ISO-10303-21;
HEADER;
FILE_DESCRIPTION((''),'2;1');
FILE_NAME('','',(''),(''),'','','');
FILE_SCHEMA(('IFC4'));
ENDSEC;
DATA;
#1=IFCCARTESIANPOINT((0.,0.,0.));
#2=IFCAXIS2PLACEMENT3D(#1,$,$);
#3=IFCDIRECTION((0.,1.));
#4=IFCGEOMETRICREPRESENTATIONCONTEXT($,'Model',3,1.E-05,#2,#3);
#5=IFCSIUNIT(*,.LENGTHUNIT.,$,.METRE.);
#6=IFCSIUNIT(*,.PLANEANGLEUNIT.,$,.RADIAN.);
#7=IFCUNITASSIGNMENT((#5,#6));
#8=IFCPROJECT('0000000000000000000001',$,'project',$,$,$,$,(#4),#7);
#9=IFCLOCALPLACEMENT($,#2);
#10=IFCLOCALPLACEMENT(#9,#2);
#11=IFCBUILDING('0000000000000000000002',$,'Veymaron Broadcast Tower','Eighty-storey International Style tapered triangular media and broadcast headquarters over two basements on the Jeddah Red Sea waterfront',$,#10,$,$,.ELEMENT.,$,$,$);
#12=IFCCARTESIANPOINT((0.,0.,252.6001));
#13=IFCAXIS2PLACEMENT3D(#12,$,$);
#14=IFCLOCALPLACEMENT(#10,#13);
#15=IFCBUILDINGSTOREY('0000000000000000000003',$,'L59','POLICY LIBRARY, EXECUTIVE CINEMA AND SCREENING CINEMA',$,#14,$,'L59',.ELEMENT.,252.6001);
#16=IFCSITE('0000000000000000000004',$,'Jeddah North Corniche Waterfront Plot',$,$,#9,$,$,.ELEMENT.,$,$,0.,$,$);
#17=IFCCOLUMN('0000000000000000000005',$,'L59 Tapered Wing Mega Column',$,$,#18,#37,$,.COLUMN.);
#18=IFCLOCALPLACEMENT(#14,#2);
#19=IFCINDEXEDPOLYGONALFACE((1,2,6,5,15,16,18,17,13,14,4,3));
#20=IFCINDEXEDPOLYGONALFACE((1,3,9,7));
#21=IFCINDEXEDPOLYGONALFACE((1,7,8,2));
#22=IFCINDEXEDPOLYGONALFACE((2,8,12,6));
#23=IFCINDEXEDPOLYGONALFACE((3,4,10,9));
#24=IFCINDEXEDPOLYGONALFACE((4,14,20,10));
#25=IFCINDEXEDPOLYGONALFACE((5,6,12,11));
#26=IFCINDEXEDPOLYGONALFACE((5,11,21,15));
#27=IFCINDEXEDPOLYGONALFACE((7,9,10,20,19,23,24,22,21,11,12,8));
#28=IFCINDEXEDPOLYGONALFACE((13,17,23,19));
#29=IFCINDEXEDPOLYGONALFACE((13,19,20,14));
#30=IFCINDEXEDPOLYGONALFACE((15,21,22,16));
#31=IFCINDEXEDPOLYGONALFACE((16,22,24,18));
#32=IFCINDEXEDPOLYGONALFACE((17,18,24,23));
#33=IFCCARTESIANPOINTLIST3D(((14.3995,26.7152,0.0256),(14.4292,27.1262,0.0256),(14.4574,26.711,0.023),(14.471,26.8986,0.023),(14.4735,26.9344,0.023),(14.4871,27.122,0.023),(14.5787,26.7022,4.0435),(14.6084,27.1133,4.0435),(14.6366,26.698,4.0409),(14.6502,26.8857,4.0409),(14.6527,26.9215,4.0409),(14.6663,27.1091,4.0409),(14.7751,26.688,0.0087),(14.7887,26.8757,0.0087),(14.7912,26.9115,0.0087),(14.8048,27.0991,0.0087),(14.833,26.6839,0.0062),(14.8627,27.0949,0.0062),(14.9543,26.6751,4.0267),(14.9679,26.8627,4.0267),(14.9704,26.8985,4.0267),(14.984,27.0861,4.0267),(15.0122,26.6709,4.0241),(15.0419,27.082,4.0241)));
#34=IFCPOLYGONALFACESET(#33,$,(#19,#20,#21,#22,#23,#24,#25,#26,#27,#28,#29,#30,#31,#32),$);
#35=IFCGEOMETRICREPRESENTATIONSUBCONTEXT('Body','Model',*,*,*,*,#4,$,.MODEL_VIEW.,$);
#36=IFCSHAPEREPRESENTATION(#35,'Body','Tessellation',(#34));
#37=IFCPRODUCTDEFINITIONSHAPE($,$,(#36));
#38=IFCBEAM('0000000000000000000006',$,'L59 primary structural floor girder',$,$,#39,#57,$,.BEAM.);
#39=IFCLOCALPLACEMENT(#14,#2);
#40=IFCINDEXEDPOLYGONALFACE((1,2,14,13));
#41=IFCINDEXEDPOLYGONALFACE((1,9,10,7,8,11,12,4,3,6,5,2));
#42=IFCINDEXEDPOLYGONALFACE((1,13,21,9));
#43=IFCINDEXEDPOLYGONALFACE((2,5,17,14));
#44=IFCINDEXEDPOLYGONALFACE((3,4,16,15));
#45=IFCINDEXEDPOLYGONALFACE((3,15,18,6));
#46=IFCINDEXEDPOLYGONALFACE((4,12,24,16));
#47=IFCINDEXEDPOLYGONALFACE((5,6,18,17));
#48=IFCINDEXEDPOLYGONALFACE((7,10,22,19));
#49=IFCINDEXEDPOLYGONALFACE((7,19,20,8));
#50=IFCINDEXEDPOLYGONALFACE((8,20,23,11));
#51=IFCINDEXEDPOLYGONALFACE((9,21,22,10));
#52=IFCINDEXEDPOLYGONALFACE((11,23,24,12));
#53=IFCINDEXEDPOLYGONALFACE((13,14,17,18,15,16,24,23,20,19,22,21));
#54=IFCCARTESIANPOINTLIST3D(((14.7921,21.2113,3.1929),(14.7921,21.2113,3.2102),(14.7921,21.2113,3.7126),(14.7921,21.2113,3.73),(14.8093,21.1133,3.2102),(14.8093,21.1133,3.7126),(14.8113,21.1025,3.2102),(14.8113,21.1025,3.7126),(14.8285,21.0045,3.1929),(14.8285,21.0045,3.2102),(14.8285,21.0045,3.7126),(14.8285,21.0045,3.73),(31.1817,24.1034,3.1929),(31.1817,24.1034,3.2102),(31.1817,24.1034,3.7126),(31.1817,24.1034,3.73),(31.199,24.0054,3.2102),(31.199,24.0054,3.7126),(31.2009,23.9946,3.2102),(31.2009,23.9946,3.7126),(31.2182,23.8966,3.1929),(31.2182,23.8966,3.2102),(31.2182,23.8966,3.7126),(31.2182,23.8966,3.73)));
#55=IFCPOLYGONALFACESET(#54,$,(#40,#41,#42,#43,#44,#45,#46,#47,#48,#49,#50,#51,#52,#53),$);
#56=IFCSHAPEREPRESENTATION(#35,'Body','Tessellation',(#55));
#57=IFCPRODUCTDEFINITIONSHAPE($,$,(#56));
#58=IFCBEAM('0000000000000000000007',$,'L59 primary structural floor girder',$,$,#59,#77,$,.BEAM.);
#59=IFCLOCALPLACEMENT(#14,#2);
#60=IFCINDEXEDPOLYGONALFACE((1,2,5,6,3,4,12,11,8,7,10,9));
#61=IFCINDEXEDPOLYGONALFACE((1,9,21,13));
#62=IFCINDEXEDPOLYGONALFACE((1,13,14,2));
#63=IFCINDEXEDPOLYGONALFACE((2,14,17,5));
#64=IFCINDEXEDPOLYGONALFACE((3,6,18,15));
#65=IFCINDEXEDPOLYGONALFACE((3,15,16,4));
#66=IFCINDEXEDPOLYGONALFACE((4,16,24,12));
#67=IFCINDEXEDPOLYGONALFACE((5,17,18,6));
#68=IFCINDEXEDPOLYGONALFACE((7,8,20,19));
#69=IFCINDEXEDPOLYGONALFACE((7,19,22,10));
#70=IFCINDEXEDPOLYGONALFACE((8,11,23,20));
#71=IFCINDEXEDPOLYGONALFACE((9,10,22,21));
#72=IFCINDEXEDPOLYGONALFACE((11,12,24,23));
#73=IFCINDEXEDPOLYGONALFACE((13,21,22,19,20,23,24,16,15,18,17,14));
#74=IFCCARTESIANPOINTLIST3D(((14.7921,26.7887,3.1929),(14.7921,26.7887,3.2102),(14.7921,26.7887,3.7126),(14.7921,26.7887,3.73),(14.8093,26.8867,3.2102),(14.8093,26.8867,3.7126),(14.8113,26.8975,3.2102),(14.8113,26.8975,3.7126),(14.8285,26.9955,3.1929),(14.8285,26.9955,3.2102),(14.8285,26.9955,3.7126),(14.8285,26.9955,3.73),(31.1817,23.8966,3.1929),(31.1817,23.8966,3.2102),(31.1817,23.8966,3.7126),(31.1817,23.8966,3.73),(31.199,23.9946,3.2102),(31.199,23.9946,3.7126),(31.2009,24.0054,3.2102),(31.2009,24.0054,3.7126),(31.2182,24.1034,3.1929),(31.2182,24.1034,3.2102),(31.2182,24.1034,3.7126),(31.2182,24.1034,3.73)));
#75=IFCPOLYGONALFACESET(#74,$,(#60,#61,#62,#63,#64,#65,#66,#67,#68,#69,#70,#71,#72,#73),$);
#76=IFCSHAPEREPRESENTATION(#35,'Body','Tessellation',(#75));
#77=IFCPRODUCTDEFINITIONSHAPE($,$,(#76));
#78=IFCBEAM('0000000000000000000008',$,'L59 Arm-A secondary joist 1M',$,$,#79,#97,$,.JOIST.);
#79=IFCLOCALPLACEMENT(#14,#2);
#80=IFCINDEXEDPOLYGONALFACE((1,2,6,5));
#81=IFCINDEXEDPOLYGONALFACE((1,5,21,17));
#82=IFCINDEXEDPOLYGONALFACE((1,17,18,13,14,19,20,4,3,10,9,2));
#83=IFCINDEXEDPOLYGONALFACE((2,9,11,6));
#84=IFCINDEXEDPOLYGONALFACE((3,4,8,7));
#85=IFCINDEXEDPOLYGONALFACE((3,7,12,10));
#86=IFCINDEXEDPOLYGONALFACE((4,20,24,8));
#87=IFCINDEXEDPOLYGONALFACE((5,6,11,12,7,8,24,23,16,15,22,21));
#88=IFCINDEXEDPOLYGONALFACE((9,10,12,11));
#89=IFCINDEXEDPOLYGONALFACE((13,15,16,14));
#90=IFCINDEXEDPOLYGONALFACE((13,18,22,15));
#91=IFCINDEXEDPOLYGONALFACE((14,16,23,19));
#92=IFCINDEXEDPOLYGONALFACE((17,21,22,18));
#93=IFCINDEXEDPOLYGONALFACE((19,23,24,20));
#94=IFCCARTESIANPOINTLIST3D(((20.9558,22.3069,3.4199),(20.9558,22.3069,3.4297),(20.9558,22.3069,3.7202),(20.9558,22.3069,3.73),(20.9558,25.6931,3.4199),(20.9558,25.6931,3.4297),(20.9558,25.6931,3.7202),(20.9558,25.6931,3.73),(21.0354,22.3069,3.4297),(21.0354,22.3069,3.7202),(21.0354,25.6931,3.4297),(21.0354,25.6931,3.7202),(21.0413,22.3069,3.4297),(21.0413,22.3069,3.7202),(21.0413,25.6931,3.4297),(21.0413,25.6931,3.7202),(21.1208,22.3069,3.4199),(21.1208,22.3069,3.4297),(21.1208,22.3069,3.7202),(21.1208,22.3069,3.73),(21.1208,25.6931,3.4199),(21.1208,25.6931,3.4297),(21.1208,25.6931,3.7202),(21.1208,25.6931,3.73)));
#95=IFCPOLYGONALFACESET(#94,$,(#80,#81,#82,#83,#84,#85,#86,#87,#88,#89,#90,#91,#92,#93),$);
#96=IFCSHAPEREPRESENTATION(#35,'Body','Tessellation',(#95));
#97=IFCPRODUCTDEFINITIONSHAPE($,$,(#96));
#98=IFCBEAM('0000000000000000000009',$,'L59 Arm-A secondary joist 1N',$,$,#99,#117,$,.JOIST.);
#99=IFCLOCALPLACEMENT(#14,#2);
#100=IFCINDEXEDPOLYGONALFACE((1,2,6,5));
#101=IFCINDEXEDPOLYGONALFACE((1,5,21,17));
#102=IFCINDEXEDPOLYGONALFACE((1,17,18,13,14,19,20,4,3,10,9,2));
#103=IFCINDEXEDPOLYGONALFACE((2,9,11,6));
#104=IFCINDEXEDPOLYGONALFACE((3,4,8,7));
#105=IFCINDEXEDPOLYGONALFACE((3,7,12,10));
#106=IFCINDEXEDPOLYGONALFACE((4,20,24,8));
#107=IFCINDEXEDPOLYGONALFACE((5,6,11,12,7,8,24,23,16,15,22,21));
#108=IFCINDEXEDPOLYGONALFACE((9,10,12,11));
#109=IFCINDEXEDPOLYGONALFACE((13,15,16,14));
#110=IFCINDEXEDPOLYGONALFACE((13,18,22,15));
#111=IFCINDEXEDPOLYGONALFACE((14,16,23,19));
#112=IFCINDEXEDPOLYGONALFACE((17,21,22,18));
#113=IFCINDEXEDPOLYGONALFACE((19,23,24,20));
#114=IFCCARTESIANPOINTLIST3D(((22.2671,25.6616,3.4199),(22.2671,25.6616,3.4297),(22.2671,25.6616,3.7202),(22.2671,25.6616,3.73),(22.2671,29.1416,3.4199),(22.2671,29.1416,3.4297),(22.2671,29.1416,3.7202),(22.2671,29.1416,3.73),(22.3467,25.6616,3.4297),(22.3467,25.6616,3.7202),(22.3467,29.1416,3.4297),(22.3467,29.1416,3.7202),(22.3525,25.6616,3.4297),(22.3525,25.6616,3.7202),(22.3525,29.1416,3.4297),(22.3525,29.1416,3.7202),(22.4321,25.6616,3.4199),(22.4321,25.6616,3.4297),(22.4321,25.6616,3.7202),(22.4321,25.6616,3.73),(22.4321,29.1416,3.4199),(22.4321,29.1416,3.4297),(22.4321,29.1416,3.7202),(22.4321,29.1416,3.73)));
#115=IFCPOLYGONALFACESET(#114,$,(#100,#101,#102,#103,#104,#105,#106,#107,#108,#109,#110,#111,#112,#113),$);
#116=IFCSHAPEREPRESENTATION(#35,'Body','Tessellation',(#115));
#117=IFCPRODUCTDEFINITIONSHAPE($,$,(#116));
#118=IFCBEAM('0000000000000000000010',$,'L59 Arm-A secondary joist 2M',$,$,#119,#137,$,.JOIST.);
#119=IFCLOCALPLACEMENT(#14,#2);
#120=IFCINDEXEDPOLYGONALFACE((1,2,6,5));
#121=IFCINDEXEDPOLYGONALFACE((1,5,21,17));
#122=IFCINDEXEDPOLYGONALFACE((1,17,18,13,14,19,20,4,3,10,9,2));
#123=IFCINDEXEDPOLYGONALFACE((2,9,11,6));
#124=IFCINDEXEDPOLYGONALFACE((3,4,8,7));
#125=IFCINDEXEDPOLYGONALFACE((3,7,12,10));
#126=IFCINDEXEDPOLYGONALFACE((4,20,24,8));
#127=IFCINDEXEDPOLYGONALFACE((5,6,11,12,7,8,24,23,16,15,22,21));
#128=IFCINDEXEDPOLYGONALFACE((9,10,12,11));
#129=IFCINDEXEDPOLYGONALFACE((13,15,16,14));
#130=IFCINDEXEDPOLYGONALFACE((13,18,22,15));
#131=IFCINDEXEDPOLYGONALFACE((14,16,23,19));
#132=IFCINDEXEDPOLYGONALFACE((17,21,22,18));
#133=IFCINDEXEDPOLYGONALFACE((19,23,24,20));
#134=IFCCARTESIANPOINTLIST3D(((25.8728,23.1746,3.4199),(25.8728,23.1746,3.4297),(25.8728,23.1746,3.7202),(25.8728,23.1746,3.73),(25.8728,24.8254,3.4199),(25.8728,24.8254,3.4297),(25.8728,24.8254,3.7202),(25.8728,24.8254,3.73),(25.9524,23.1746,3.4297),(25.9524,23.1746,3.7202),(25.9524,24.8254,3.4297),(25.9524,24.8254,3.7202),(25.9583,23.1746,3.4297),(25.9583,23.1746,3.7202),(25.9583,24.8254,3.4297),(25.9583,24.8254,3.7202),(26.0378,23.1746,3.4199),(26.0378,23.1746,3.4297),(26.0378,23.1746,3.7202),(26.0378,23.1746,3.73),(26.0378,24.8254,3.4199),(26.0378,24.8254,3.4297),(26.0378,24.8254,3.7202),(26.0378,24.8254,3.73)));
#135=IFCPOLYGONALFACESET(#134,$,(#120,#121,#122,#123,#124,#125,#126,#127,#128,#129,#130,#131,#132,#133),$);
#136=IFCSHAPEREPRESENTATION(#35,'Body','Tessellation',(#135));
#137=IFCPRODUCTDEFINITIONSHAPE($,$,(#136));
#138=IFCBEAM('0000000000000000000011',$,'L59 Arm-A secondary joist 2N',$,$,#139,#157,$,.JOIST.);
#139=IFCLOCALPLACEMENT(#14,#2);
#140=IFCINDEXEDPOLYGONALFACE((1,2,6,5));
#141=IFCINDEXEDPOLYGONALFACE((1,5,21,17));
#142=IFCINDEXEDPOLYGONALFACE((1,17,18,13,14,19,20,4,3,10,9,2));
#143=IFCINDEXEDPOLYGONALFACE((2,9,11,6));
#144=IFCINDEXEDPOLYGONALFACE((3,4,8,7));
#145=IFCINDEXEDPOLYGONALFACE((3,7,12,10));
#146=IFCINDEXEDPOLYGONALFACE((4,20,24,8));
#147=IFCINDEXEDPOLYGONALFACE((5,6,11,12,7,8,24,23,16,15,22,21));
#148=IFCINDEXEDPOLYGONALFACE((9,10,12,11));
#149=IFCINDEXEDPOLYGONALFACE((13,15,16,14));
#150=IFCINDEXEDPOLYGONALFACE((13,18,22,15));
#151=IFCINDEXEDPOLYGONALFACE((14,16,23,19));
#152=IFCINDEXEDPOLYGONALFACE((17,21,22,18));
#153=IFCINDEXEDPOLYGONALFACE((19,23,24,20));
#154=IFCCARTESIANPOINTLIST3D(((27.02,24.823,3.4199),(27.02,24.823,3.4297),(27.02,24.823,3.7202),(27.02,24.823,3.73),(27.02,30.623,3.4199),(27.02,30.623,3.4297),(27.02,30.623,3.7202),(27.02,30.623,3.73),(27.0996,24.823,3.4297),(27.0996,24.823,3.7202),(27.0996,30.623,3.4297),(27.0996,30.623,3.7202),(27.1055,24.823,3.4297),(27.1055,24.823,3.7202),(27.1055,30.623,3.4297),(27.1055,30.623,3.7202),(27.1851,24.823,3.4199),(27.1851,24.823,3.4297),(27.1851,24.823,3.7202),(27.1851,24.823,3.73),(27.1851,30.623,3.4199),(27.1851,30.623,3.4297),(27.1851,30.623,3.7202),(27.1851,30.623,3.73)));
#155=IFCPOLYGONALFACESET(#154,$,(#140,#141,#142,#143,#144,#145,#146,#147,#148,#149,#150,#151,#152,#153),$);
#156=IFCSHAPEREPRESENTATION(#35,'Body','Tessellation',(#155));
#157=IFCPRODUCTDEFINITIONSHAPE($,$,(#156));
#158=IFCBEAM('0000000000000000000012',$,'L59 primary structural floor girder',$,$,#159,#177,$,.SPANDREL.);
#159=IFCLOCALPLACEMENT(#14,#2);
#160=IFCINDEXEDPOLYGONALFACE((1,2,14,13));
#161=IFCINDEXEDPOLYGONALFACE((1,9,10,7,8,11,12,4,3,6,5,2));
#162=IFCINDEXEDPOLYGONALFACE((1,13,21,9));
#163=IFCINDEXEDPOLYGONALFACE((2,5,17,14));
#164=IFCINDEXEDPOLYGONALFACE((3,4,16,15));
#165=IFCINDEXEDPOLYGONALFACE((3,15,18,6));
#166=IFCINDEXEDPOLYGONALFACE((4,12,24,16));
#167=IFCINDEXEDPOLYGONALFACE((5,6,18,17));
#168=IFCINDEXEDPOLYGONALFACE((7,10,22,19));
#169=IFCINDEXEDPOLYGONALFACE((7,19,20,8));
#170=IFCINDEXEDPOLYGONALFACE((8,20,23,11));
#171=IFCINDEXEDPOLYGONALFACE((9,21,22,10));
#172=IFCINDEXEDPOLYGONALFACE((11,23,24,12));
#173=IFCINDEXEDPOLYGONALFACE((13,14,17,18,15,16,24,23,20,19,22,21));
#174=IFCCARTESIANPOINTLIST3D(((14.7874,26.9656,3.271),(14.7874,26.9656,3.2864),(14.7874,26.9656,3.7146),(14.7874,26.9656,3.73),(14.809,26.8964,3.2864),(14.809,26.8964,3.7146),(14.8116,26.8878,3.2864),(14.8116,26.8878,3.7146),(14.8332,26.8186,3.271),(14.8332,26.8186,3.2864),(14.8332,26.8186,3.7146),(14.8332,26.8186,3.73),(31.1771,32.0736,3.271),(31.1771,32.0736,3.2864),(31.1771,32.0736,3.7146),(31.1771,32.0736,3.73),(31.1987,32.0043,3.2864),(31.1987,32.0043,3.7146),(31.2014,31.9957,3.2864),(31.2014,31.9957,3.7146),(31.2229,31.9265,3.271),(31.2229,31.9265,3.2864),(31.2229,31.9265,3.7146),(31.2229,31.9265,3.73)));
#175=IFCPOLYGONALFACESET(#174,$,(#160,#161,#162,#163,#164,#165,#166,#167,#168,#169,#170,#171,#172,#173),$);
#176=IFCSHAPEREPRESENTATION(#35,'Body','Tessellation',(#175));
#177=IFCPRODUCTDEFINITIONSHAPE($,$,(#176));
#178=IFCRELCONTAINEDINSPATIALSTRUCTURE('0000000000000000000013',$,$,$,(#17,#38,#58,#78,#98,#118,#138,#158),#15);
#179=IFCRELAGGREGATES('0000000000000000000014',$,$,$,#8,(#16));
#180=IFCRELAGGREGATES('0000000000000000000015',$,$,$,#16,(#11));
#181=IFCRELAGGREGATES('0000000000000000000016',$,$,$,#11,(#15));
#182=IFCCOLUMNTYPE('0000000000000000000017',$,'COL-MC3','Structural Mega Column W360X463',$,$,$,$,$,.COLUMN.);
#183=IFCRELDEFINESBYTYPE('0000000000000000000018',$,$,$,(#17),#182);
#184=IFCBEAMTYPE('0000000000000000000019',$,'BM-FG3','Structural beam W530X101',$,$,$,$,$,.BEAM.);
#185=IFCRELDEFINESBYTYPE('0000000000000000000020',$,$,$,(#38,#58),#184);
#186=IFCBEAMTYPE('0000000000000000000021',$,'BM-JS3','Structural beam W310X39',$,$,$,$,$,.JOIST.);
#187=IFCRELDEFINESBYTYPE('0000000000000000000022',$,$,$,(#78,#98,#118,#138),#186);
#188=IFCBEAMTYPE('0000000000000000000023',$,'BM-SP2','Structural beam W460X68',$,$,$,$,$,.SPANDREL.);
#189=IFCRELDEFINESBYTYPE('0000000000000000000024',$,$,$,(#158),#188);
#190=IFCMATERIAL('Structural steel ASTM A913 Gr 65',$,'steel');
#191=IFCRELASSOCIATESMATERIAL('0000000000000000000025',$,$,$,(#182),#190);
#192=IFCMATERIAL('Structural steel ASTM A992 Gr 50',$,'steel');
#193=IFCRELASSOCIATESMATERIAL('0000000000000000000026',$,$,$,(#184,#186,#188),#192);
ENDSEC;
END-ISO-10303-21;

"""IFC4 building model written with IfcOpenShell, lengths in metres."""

from ifc_helpers import new_model, si_unit, direction, frame, origin, origin_2d, place, context, subcontext, project, spatial, i_section, extrude, material, material_profile, profile_set, type_object, element, save


model = new_model("IFC4")

# Units and contexts
model_context = context("Model", 3, precision=1e-05, world=origin(), true_north=direction((0.0, 1.0)))
body_context = subcontext(model_context, "Body", "Model", "MODEL_VIEW")
ifc_project = project(units=[si_unit("LENGTHUNIT", "METRE"), si_unit("PLANEANGLEUNIT", "RADIAN")], contexts=[model_context])

# Site, building, storey
site_placement = place(None, origin())
site = spatial("IfcSite", under=ifc_project, at=site_placement, Name="Jeddah North Corniche Waterfront Plot", CompositionType="ELEMENT", RefElevation=0.0)
building_placement = place(site_placement, origin())
building = spatial("IfcBuilding", under=site, at=building_placement, Name="Veymaron Broadcast Tower", Description="Eighty-storey International Style tapered triangular media and broadcast headquarters over two basements on the Jeddah Red Sea waterfront", CompositionType="ELEMENT")
storey_placement = place(building_placement, frame((0.0, 0.0, 252.6001)))
storey = spatial("IfcBuildingStorey", under=building, at=storey_placement, Name="L59", Description="POLICY LIBRARY, EXECUTIVE CINEMA AND SCREENING CINEMA", LongName="L59", CompositionType="ELEMENT", Elevation=252.6001)

# Column
ifc_material_1 = material(Name="Structural steel ASTM A913 Gr 65", Category="steel")
ifc_material_profile_1 = material_profile(ifc_material_1, i_section(OverallWidth=0.4121, OverallDepth=0.4351, WebThickness=0.0359, FlangeThickness=0.0581, at=origin_2d()), Name="W360X463")
ifc_profile_set_1 = profile_set([ifc_material_profile_1], Name="Structural steel ASTM A913 Gr 65")
column_type = type_object("IfcColumnType", Name="COL-MC3", Description="Structural Mega Column W360X463", PredefinedType="COLUMN", material=ifc_profile_set_1)
column_placement = place(storey_placement, frame((14.6311, 26.905, 0.0159), z_axis=(0.044554, -0.003217, 0.999002), x_axis=(0.07202, 0.997403, 0.0)))
element("IfcColumn", 1, at=column_placement, inside=storey, type_object=column_type, Name="L59 Tapered Wing Mega Column", PredefinedType="COLUMN", context=body_context, shape_type="SweptSolid", body=[
    extrude(i_section(OverallWidth=0.4121, OverallDepth=0.4351, WebThickness=0.0359, FlangeThickness=0.0581, at=origin_2d()), origin(), (0.0, 0.0, 1.0), 4.022),
])

# Beams
ifc_material_2 = material(Name="Structural steel ASTM A992 Gr 50", Category="steel")
ifc_material_profile_2 = material_profile(ifc_material_2, i_section(OverallWidth=0.21, OverallDepth=0.5371, WebThickness=0.011, FlangeThickness=0.0173, at=origin_2d()), Name="W530X101")
ifc_profile_set_2 = profile_set([ifc_material_profile_2], Name="Structural steel ASTM A992 Gr 50")
beam_type_1 = type_object("IfcBeamType", Name="BM-FG3", Description="Structural beam W530X101", PredefinedType="BEAM", material=ifc_profile_set_2)
for number, where, z_axis, x_axis, name in (
    (2, (14.8103, 21.1079, 3.4614), (0.984786, 0.173774, 0.0), (-0.173774, 0.984786, 0.0), "L59 primary structural floor girder"),
    (3, (14.8103, 26.8921, 3.4614), (0.984786, -0.173774, 0.0), (0.173774, 0.984786, 0.0), "L59 primary structural floor girder"),
):
    element("IfcBeam", number, at=place(storey_placement, frame(where, z_axis=z_axis, x_axis=x_axis)), inside=storey, type_object=beam_type_1, Name=name, PredefinedType="BEAM", context=body_context, shape_type="SweptSolid", body=[
        extrude(i_section(OverallWidth=0.21, OverallDepth=0.5371, WebThickness=0.011, FlangeThickness=0.0173, at=origin_2d()), origin(), (0.0, 0.0, 1.0), 16.6428),
    ])
ifc_material_profile_3 = material_profile(ifc_material_2, i_section(OverallWidth=0.165, OverallDepth=0.3101, WebThickness=0.0059, FlangeThickness=0.0098, at=origin_2d()), Name="W310X39")
ifc_profile_set_3 = profile_set([ifc_material_profile_3], Name="Structural steel ASTM A992 Gr 50")
beam_type_2 = type_object("IfcBeamType", Name="BM-JS3", Description="Structural beam W310X39", PredefinedType="JOIST", material=ifc_profile_set_3)
beam_1_placement = place(storey_placement, frame((21.0383, 22.3069, 3.575), z_axis=(0.0, 1.0, 0.0), x_axis=(-1.0, 0.0, 0.0)))
element("IfcBeam", 4, at=beam_1_placement, inside=storey, type_object=beam_type_2, Name="L59 Arm-A secondary joist 1M", PredefinedType="JOIST", context=body_context, shape_type="SweptSolid", body=[
    extrude(i_section(OverallWidth=0.165, OverallDepth=0.3101, WebThickness=0.0059, FlangeThickness=0.0098, at=origin_2d()), origin(), (0.0, 0.0, 1.0), 3.3862),
])
beam_2_placement = place(storey_placement, frame((22.3496, 25.6616, 3.575), z_axis=(0.0, 1.0, 0.0), x_axis=(-1.0, 0.0, 0.0)))
element("IfcBeam", 5, at=beam_2_placement, inside=storey, type_object=beam_type_2, Name="L59 Arm-A secondary joist 1N", PredefinedType="JOIST", context=body_context, shape_type="SweptSolid", body=[
    extrude(i_section(OverallWidth=0.165, OverallDepth=0.3101, WebThickness=0.0059, FlangeThickness=0.0098, at=origin_2d()), origin(), (0.0, 0.0, 1.0), 3.48),
])
beam_3_placement = place(storey_placement, frame((25.9553, 23.1746, 3.575), z_axis=(0.0, 1.0, 0.0), x_axis=(-1.0, 0.0, 0.0)))
element("IfcBeam", 6, at=beam_3_placement, inside=storey, type_object=beam_type_2, Name="L59 Arm-A secondary joist 2M", PredefinedType="JOIST", context=body_context, shape_type="SweptSolid", body=[
    extrude(i_section(OverallWidth=0.165, OverallDepth=0.3101, WebThickness=0.0059, FlangeThickness=0.0098, at=origin_2d()), origin(), (0.0, 0.0, 1.0), 1.6509),
])
beam_4_placement = place(storey_placement, frame((27.1025, 24.823, 3.575), z_axis=(0.0, 1.0, 0.0), x_axis=(-1.0, 0.0, 0.0)))
element("IfcBeam", 7, at=beam_4_placement, inside=storey, type_object=beam_type_2, Name="L59 Arm-A secondary joist 2N", PredefinedType="JOIST", context=body_context, shape_type="SweptSolid", body=[
    extrude(i_section(OverallWidth=0.165, OverallDepth=0.3101, WebThickness=0.0059, FlangeThickness=0.0098, at=origin_2d()), origin(), (0.0, 0.0, 1.0), 5.8),
])
ifc_material_profile_4 = material_profile(ifc_material_2, i_section(OverallWidth=0.1541, OverallDepth=0.459, WebThickness=0.009, FlangeThickness=0.0154, at=origin_2d()), Name="W460X68")
ifc_profile_set_4 = profile_set([ifc_material_profile_4], Name="Structural steel ASTM A992 Gr 50")
beam_type_3 = type_object("IfcBeamType", Name="BM-SP2", Description="Structural beam W460X68", PredefinedType="SPANDREL", material=ifc_profile_set_4)
beam_5_placement = place(storey_placement, frame((14.8103, 26.8921, 3.5005), z_axis=(0.954709, 0.29754, 0.0), x_axis=(-0.29754, 0.954709, 0.0)))
element("IfcBeam", 8, at=beam_5_placement, inside=storey, type_object=beam_type_3, Name="L59 primary structural floor girder", PredefinedType="SPANDREL", context=body_context, shape_type="SweptSolid", body=[
    extrude(i_section(OverallWidth=0.1541, OverallDepth=0.459, WebThickness=0.009, FlangeThickness=0.0154, at=origin_2d()), origin(), (0.0, 0.0, 1.0), 17.1672),
])

save(model, "model.ifc")
